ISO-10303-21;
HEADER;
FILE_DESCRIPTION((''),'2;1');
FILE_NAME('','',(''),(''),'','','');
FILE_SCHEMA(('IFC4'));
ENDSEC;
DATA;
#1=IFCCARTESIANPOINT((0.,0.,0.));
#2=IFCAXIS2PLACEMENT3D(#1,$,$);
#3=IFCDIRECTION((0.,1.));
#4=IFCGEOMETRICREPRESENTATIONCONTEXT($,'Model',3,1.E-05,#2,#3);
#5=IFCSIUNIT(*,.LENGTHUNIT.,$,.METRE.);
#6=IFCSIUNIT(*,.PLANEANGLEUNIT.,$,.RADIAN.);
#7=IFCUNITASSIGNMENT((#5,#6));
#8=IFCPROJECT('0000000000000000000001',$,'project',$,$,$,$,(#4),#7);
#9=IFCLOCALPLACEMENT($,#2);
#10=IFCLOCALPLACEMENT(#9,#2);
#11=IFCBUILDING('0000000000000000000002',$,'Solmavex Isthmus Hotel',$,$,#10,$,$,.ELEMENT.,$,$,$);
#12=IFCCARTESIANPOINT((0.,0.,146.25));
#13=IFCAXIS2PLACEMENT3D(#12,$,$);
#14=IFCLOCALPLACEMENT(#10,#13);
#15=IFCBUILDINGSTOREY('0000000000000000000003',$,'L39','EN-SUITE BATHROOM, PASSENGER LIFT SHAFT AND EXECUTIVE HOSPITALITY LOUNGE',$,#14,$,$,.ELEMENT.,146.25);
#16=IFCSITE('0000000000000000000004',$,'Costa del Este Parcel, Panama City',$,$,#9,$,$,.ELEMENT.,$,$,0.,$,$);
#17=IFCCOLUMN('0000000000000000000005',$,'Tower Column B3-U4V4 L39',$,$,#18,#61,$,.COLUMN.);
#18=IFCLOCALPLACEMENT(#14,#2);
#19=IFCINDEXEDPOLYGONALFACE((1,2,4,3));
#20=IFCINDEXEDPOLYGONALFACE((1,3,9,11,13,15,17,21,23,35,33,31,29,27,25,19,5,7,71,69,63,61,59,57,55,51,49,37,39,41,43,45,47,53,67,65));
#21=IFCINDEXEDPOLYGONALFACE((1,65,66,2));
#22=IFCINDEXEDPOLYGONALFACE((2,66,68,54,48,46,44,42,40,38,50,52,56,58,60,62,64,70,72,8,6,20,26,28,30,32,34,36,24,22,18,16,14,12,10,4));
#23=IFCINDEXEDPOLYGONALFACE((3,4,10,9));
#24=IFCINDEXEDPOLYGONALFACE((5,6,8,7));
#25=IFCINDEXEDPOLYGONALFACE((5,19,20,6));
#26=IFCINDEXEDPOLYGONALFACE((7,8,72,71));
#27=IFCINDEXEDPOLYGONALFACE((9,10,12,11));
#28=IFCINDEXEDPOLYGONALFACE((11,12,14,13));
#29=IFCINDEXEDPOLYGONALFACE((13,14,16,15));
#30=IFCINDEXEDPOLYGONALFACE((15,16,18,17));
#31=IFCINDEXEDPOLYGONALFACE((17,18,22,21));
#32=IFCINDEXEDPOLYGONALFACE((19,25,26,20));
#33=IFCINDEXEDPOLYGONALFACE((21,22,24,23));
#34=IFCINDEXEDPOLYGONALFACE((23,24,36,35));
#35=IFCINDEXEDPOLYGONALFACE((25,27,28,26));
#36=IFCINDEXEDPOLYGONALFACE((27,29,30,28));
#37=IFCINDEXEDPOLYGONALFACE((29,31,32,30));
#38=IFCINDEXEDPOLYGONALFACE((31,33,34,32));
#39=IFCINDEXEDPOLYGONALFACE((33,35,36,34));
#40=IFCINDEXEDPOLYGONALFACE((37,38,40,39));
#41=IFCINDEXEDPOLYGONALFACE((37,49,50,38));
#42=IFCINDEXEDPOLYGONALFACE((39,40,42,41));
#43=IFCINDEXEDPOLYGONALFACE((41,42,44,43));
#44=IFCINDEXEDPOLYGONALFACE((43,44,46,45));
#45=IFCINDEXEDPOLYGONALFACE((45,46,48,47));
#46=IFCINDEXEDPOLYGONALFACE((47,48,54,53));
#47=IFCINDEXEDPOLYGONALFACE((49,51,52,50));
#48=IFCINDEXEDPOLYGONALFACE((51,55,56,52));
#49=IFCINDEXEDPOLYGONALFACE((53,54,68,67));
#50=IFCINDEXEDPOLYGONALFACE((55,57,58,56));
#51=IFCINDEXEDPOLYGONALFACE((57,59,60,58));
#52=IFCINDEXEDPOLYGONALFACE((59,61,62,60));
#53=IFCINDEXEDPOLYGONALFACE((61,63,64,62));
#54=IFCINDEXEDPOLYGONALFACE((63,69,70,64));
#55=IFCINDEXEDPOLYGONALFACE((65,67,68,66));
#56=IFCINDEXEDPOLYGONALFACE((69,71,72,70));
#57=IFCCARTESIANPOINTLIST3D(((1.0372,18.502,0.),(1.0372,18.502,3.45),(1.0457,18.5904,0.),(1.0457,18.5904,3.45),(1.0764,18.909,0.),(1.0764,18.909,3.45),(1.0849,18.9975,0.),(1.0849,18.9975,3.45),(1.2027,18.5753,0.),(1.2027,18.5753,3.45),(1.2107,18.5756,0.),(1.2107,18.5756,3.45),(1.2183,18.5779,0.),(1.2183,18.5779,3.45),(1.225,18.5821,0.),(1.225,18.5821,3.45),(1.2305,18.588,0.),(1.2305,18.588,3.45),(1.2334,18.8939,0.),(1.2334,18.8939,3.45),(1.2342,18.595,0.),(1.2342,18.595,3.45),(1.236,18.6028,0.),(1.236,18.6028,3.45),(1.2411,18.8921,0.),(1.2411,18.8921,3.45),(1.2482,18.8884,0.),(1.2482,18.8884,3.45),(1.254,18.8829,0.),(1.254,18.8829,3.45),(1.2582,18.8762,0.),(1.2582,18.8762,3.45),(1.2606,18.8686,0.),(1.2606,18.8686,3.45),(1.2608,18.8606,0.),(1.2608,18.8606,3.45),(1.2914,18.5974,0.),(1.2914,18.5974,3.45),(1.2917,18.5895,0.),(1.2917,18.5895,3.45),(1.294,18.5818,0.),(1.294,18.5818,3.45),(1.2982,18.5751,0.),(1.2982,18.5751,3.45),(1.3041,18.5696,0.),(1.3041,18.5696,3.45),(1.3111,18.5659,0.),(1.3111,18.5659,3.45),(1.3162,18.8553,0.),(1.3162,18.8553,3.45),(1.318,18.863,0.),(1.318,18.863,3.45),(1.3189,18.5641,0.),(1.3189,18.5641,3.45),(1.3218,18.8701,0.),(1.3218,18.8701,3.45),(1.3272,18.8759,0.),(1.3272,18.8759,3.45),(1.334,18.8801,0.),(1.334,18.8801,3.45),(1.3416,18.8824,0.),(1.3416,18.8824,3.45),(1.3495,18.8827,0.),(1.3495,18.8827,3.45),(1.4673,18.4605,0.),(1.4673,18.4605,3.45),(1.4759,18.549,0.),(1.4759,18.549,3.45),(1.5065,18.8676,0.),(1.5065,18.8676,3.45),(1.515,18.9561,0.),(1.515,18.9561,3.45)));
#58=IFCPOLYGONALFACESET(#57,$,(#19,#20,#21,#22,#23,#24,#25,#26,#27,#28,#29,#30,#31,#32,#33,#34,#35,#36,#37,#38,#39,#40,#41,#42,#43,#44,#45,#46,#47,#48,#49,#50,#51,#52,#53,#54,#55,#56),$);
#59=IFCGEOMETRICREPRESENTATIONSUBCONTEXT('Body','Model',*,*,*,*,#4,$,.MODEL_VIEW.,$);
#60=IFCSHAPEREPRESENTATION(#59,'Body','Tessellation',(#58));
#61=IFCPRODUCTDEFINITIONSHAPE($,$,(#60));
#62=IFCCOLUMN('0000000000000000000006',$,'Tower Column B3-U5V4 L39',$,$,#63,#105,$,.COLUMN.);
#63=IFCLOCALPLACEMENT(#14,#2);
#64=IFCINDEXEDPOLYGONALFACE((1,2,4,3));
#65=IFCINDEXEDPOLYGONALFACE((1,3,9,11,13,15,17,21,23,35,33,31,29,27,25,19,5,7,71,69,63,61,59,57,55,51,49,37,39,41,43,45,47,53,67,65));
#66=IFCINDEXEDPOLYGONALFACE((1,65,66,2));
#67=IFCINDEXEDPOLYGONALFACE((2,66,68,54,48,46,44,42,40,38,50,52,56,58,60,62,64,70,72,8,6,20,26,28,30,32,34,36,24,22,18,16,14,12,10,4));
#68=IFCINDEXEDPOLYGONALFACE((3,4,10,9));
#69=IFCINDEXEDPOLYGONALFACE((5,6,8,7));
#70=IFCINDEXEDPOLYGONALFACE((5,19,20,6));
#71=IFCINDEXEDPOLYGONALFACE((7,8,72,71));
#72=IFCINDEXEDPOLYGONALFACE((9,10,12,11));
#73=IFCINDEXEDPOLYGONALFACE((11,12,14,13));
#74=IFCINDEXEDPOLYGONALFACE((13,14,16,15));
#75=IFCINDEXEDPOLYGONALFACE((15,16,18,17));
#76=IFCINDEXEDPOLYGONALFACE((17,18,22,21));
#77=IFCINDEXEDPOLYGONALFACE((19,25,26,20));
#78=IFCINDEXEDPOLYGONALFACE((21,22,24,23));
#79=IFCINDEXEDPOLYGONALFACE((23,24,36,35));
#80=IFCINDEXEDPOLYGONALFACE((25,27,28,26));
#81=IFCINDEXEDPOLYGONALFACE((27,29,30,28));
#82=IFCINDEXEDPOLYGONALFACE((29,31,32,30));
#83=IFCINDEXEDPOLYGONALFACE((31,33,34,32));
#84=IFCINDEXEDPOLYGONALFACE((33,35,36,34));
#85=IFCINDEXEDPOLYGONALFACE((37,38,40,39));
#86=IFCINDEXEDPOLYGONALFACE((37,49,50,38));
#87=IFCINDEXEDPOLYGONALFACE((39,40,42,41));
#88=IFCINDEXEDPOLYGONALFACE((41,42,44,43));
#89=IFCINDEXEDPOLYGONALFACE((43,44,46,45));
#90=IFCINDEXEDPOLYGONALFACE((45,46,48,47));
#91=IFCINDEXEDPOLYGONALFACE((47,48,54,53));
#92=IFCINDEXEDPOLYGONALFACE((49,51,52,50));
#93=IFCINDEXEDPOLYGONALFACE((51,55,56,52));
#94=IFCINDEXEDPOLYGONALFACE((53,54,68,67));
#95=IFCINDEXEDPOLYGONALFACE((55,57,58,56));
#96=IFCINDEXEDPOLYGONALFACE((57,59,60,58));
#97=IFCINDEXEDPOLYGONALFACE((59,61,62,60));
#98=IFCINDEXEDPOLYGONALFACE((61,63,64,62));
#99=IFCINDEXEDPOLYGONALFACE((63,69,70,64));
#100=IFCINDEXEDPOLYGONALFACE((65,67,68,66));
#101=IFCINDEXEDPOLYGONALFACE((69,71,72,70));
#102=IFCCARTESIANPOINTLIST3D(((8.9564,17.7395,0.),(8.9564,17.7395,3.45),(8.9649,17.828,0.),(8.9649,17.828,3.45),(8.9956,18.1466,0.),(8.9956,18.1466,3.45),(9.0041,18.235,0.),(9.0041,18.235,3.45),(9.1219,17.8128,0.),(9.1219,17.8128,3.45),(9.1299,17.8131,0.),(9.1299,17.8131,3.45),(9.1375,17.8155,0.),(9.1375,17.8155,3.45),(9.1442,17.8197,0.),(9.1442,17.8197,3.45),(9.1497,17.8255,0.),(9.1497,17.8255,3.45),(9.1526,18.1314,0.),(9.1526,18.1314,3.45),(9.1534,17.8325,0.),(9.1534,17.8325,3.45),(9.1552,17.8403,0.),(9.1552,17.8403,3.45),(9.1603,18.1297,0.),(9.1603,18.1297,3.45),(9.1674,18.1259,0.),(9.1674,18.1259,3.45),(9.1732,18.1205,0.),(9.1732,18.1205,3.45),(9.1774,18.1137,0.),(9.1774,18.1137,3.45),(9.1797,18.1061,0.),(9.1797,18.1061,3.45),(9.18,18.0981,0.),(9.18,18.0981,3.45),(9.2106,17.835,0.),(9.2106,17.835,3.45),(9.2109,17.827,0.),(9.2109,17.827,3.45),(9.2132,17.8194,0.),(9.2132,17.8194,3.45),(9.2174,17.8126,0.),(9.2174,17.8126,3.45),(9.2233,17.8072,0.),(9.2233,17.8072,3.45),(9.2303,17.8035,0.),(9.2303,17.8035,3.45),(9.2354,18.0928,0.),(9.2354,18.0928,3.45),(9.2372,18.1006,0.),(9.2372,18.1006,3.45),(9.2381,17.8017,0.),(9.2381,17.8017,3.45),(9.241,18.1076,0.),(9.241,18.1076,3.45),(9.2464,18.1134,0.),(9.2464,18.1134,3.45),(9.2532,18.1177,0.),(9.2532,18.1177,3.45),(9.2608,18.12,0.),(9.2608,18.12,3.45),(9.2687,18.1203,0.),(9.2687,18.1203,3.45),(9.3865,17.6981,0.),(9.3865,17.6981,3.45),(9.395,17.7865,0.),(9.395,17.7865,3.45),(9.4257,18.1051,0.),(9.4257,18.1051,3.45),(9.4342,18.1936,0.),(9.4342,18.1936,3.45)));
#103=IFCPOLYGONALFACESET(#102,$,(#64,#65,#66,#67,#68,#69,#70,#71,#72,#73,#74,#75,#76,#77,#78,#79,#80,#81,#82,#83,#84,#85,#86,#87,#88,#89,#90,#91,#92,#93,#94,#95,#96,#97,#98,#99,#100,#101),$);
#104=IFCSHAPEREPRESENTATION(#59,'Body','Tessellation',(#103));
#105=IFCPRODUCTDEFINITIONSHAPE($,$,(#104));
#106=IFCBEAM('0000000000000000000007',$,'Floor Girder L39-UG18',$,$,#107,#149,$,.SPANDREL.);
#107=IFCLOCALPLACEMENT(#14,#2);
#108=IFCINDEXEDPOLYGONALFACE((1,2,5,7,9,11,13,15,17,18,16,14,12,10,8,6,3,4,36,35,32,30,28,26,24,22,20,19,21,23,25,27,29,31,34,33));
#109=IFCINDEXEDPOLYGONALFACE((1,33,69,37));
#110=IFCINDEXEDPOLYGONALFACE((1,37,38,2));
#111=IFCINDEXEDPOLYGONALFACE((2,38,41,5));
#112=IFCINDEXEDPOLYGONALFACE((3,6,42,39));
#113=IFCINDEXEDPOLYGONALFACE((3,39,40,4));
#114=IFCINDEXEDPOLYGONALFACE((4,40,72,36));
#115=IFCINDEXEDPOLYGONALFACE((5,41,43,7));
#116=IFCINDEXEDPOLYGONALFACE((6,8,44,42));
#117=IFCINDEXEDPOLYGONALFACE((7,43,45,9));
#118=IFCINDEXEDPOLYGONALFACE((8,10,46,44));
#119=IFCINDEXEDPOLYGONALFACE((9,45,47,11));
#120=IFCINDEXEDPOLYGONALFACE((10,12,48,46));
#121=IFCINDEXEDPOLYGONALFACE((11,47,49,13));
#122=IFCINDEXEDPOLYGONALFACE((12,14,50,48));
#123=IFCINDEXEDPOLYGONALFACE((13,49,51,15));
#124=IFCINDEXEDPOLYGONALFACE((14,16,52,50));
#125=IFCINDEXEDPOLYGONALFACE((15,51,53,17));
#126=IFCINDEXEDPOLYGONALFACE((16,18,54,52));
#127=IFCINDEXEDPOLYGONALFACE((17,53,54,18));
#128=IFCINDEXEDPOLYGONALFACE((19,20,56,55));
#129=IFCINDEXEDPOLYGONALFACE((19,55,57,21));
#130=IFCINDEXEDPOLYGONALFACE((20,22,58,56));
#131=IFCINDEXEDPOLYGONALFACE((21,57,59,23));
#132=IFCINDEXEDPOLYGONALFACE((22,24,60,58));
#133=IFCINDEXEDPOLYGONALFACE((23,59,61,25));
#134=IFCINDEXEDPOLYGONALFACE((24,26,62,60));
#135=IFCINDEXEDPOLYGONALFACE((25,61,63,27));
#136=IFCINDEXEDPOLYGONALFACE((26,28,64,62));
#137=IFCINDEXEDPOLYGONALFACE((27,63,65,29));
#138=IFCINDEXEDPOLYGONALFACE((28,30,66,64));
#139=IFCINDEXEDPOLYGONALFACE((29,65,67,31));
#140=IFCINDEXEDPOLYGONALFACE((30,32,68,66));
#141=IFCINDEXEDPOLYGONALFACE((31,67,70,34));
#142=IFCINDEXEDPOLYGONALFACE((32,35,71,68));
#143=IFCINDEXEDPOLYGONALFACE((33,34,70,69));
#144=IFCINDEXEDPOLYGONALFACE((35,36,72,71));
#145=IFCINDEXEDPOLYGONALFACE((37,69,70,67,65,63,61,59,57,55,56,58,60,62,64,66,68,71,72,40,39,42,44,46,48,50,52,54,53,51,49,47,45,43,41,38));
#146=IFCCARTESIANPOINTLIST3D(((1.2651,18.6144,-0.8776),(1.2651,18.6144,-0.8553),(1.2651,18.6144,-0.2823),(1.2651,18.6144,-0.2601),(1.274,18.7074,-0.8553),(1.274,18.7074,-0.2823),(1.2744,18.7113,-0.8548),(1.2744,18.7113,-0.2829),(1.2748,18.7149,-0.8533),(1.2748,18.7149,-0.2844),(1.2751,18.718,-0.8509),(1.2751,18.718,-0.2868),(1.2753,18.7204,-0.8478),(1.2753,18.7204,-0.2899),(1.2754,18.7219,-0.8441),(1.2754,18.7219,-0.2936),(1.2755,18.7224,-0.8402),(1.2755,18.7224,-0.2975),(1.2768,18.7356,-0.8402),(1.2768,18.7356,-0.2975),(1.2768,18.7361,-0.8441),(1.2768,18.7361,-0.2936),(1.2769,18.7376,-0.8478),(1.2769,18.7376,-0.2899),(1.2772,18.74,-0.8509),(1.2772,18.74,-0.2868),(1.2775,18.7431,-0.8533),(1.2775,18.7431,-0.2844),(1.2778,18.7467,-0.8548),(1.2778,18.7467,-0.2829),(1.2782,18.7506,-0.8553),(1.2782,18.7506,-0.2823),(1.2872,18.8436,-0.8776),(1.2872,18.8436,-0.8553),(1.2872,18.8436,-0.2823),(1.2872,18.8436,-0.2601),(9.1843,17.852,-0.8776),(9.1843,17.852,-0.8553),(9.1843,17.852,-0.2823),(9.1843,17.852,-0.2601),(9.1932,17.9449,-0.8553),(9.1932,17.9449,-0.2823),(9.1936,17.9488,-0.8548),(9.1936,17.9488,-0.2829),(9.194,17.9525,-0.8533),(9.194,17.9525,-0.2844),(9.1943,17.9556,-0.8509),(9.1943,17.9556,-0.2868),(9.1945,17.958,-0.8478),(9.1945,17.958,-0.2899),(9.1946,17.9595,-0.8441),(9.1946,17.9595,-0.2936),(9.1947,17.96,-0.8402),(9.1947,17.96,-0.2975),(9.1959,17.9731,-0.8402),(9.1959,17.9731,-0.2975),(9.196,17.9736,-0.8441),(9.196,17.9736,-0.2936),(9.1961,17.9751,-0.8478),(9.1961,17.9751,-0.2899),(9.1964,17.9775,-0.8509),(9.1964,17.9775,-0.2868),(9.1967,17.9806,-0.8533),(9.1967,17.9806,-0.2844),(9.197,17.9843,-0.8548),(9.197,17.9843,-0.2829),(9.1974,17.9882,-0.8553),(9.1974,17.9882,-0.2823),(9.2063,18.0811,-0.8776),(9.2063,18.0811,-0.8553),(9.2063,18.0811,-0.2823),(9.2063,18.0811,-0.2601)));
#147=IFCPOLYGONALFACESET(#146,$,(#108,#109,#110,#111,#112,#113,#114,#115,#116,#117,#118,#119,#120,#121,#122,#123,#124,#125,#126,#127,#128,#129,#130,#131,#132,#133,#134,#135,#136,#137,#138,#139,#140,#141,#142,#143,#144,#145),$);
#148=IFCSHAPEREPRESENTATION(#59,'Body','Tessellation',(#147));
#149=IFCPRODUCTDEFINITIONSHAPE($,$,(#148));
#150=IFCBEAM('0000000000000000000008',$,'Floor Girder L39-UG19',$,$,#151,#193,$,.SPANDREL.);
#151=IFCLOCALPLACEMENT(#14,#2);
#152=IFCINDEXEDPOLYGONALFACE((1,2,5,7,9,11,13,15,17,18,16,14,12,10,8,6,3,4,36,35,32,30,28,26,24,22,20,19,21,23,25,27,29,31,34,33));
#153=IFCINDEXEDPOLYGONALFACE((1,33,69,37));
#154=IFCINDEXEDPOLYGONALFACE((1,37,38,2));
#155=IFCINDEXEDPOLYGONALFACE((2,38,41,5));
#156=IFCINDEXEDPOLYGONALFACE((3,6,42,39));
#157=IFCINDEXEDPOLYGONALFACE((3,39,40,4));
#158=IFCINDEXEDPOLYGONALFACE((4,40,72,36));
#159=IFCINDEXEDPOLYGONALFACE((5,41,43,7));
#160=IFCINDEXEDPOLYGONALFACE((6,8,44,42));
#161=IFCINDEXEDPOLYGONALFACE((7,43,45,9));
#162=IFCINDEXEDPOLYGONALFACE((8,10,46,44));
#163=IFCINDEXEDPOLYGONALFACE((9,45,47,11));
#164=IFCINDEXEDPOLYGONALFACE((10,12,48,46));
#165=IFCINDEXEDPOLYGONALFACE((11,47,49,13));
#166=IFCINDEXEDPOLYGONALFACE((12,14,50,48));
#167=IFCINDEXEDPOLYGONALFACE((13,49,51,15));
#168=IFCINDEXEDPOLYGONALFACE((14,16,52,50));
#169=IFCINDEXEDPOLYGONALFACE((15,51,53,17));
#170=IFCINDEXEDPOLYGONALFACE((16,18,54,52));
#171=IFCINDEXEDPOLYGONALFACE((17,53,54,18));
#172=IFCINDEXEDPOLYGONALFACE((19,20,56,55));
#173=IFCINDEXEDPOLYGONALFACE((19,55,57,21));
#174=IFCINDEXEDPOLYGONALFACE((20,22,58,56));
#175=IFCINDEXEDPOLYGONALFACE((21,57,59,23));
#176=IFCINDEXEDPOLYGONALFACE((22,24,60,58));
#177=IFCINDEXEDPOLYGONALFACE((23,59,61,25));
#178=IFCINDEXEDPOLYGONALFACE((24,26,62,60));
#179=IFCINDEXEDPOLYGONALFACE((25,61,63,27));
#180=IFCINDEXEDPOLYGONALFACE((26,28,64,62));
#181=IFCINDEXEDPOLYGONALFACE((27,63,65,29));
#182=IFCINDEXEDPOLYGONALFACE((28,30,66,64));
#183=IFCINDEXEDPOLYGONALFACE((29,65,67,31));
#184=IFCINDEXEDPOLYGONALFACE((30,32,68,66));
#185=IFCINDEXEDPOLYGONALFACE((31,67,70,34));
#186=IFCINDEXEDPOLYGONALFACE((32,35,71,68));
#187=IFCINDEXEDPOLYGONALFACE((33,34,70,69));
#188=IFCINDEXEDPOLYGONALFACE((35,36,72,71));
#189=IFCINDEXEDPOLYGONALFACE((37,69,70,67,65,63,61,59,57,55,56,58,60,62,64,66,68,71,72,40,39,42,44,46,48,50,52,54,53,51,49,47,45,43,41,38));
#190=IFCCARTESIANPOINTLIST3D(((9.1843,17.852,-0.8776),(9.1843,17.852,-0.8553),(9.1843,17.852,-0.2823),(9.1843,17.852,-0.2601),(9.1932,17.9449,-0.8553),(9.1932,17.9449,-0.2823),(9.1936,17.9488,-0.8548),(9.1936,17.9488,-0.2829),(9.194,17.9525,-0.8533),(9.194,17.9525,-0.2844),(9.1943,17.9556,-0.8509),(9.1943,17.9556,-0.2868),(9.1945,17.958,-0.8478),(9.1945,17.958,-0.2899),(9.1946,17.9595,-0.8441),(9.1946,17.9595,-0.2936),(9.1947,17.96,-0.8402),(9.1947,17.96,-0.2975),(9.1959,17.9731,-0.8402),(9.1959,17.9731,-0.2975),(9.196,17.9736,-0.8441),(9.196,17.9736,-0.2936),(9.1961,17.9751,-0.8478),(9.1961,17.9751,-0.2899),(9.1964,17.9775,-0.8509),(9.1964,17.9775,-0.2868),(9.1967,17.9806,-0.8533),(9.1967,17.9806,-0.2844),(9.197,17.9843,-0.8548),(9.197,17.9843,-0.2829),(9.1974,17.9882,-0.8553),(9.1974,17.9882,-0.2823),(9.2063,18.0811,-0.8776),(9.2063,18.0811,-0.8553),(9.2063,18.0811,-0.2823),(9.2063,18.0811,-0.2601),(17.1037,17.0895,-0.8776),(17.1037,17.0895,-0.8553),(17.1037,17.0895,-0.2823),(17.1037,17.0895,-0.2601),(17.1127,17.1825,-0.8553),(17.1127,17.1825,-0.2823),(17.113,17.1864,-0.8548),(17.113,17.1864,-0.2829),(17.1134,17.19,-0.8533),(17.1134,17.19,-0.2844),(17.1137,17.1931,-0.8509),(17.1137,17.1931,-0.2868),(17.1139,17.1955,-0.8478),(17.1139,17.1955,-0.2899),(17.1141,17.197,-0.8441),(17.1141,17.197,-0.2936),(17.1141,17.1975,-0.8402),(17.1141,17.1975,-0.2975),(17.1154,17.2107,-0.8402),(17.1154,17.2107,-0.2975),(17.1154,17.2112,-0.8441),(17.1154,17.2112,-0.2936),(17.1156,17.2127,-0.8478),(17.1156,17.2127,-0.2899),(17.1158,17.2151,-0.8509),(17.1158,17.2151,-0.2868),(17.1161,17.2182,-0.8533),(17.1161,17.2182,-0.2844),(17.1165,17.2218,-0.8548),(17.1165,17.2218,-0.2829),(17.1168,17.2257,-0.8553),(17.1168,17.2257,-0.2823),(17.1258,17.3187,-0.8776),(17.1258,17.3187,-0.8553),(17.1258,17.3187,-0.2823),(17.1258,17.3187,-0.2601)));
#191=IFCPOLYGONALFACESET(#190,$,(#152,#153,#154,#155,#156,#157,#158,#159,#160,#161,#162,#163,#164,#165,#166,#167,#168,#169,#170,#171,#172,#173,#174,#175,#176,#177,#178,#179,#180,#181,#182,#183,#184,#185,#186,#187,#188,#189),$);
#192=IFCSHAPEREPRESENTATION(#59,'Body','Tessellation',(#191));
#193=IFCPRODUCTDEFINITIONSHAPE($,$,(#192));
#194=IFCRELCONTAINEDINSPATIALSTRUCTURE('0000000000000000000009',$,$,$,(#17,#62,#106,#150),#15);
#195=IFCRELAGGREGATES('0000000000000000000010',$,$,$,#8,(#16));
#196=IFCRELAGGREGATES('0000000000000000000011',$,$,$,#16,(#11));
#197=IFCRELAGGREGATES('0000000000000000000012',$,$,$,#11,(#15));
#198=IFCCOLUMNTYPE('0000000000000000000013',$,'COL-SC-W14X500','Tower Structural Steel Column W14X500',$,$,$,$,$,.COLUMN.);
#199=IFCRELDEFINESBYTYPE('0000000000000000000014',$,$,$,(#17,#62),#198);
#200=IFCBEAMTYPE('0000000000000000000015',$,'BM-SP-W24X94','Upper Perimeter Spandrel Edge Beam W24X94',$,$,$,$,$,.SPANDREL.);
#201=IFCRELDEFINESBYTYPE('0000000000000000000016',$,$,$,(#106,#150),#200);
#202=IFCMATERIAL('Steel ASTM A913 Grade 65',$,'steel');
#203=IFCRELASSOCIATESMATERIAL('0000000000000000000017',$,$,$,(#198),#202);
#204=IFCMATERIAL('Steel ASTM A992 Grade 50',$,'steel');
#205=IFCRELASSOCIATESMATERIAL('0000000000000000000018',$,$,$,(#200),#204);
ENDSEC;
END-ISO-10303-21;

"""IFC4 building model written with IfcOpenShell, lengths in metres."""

from ifc_helpers import new_model, si_unit, direction, frame, origin, origin_2d, place, context, subcontext, project, spatial, i_section, extrude, material, material_profile, profile_set, type_object, element, save


model = new_model("IFC4")

# Units and contexts
model_context = context("Model", 3, precision=1e-05, world=origin(), true_north=direction((0.0, 1.0)))
body_context = subcontext(model_context, "Body", "Model", "MODEL_VIEW")
ifc_project = project(units=[si_unit("LENGTHUNIT", "METRE"), si_unit("PLANEANGLEUNIT", "RADIAN")], contexts=[model_context])

# Site, building, storey
site_placement = place(None, origin())
site = spatial("IfcSite", under=ifc_project, at=site_placement, Name="Costa del Este Parcel, Panama City", CompositionType="ELEMENT", RefElevation=0.0)
building_placement = place(site_placement, origin())
building = spatial("IfcBuilding", under=site, at=building_placement, Name="Solmavex Isthmus Hotel", CompositionType="ELEMENT")
storey_placement = place(building_placement, frame((0.0, 0.0, 146.25)))
storey = spatial("IfcBuildingStorey", under=building, at=storey_placement, Name="L39", Description="EN-SUITE BATHROOM, PASSENGER LIFT SHAFT AND EXECUTIVE HOSPITALITY LOUNGE", CompositionType="ELEMENT", Elevation=146.25)

# Columns
ifc_material_1 = material(Name="Steel ASTM A913 Grade 65", Category="steel")
ifc_material_profile_1 = material_profile(ifc_material_1, i_section(OverallWidth=0.4321, OverallDepth=0.4978, WebThickness=0.0557, FlangeThickness=0.0889, FilletRadius=0.0305, at=origin_2d()), Name="W14X500")
ifc_profile_set_1 = profile_set([ifc_material_profile_1], Name="Steel ASTM A913 Grade 65")
column_type = type_object("IfcColumnType", Name="COL-SC-W14X500", Description="Tower Structural Steel Column W14X500", PredefinedType="COLUMN", material=ifc_profile_set_1)
for number, where, z_axis, x_axis, name in (
    (1, (1.2761, 18.729, 0.0), (0.0, 0.0, 1.0), (0.995396, -0.095846, 0.0), "Tower Column B3-U4V4 L39"),
    (2, (9.1953, 17.9666, 0.0), (0.0, 0.0, 1.0), (0.995396, -0.095846, 0.0), "Tower Column B3-U5V4 L39"),
):
    element("IfcColumn", number, at=place(storey_placement, frame(where, z_axis=z_axis, x_axis=x_axis)), inside=storey, type_object=column_type, Name=name, PredefinedType="COLUMN", context=body_context, shape_type="SweptSolid", body=[
        extrude(i_section(OverallWidth=0.4321, OverallDepth=0.4978, WebThickness=0.0557, FlangeThickness=0.0889, FilletRadius=0.0305, at=origin_2d()), origin(), (0.0, 0.0, 1.0), 3.45),
    ])

# Beams
ifc_material_2 = material(Name="Steel ASTM A992 Grade 50", Category="steel")
ifc_material_profile_2 = material_profile(ifc_material_2, i_section(OverallWidth=0.2302, OverallDepth=0.6174, WebThickness=0.0132, FlangeThickness=0.0222, FilletRadius=0.0151, at=origin_2d()), Name="W24X94")
ifc_profile_set_2 = profile_set([ifc_material_profile_2], Name="Steel ASTM A992 Grade 50")
beam_type = type_object("IfcBeamType", Name="BM-SP-W24X94", Description="Upper Perimeter Spandrel Edge Beam W24X94", PredefinedType="SPANDREL", material=ifc_profile_set_2)
beam_1_placement = place(storey_placement, frame((1.2761, 18.729, -0.5688), z_axis=(0.995397, -0.095836, 0.0), x_axis=(0.095836, 0.995397, 0.0)))
element("IfcBeam", 3, at=beam_1_placement, inside=storey, type_object=beam_type, Name="Floor Girder L39-UG18", PredefinedType="SPANDREL", context=body_context, shape_type="SweptSolid", body=[
    extrude(i_section(OverallWidth=0.2302, OverallDepth=0.6174, WebThickness=0.0132, FlangeThickness=0.0222, FilletRadius=0.0151, at=origin_2d()), origin(), (0.0, 0.0, 1.0), 7.9558),
])
beam_2_placement = place(storey_placement, frame((9.1953, 17.9666, -0.5688), z_axis=(0.995397, -0.095833, 0.0), x_axis=(0.095833, 0.995397, 0.0)))
element("IfcBeam", 4, at=beam_2_placement, inside=storey, type_object=beam_type, Name="Floor Girder L39-UG19", PredefinedType="SPANDREL", context=body_context, shape_type="SweptSolid", body=[
    extrude(i_section(OverallWidth=0.2302, OverallDepth=0.6174, WebThickness=0.0132, FlangeThickness=0.0222, FilletRadius=0.0151, at=origin_2d()), origin(), (0.0, 0.0, 1.0), 7.9561),
])

save(model, "model.ifc")
